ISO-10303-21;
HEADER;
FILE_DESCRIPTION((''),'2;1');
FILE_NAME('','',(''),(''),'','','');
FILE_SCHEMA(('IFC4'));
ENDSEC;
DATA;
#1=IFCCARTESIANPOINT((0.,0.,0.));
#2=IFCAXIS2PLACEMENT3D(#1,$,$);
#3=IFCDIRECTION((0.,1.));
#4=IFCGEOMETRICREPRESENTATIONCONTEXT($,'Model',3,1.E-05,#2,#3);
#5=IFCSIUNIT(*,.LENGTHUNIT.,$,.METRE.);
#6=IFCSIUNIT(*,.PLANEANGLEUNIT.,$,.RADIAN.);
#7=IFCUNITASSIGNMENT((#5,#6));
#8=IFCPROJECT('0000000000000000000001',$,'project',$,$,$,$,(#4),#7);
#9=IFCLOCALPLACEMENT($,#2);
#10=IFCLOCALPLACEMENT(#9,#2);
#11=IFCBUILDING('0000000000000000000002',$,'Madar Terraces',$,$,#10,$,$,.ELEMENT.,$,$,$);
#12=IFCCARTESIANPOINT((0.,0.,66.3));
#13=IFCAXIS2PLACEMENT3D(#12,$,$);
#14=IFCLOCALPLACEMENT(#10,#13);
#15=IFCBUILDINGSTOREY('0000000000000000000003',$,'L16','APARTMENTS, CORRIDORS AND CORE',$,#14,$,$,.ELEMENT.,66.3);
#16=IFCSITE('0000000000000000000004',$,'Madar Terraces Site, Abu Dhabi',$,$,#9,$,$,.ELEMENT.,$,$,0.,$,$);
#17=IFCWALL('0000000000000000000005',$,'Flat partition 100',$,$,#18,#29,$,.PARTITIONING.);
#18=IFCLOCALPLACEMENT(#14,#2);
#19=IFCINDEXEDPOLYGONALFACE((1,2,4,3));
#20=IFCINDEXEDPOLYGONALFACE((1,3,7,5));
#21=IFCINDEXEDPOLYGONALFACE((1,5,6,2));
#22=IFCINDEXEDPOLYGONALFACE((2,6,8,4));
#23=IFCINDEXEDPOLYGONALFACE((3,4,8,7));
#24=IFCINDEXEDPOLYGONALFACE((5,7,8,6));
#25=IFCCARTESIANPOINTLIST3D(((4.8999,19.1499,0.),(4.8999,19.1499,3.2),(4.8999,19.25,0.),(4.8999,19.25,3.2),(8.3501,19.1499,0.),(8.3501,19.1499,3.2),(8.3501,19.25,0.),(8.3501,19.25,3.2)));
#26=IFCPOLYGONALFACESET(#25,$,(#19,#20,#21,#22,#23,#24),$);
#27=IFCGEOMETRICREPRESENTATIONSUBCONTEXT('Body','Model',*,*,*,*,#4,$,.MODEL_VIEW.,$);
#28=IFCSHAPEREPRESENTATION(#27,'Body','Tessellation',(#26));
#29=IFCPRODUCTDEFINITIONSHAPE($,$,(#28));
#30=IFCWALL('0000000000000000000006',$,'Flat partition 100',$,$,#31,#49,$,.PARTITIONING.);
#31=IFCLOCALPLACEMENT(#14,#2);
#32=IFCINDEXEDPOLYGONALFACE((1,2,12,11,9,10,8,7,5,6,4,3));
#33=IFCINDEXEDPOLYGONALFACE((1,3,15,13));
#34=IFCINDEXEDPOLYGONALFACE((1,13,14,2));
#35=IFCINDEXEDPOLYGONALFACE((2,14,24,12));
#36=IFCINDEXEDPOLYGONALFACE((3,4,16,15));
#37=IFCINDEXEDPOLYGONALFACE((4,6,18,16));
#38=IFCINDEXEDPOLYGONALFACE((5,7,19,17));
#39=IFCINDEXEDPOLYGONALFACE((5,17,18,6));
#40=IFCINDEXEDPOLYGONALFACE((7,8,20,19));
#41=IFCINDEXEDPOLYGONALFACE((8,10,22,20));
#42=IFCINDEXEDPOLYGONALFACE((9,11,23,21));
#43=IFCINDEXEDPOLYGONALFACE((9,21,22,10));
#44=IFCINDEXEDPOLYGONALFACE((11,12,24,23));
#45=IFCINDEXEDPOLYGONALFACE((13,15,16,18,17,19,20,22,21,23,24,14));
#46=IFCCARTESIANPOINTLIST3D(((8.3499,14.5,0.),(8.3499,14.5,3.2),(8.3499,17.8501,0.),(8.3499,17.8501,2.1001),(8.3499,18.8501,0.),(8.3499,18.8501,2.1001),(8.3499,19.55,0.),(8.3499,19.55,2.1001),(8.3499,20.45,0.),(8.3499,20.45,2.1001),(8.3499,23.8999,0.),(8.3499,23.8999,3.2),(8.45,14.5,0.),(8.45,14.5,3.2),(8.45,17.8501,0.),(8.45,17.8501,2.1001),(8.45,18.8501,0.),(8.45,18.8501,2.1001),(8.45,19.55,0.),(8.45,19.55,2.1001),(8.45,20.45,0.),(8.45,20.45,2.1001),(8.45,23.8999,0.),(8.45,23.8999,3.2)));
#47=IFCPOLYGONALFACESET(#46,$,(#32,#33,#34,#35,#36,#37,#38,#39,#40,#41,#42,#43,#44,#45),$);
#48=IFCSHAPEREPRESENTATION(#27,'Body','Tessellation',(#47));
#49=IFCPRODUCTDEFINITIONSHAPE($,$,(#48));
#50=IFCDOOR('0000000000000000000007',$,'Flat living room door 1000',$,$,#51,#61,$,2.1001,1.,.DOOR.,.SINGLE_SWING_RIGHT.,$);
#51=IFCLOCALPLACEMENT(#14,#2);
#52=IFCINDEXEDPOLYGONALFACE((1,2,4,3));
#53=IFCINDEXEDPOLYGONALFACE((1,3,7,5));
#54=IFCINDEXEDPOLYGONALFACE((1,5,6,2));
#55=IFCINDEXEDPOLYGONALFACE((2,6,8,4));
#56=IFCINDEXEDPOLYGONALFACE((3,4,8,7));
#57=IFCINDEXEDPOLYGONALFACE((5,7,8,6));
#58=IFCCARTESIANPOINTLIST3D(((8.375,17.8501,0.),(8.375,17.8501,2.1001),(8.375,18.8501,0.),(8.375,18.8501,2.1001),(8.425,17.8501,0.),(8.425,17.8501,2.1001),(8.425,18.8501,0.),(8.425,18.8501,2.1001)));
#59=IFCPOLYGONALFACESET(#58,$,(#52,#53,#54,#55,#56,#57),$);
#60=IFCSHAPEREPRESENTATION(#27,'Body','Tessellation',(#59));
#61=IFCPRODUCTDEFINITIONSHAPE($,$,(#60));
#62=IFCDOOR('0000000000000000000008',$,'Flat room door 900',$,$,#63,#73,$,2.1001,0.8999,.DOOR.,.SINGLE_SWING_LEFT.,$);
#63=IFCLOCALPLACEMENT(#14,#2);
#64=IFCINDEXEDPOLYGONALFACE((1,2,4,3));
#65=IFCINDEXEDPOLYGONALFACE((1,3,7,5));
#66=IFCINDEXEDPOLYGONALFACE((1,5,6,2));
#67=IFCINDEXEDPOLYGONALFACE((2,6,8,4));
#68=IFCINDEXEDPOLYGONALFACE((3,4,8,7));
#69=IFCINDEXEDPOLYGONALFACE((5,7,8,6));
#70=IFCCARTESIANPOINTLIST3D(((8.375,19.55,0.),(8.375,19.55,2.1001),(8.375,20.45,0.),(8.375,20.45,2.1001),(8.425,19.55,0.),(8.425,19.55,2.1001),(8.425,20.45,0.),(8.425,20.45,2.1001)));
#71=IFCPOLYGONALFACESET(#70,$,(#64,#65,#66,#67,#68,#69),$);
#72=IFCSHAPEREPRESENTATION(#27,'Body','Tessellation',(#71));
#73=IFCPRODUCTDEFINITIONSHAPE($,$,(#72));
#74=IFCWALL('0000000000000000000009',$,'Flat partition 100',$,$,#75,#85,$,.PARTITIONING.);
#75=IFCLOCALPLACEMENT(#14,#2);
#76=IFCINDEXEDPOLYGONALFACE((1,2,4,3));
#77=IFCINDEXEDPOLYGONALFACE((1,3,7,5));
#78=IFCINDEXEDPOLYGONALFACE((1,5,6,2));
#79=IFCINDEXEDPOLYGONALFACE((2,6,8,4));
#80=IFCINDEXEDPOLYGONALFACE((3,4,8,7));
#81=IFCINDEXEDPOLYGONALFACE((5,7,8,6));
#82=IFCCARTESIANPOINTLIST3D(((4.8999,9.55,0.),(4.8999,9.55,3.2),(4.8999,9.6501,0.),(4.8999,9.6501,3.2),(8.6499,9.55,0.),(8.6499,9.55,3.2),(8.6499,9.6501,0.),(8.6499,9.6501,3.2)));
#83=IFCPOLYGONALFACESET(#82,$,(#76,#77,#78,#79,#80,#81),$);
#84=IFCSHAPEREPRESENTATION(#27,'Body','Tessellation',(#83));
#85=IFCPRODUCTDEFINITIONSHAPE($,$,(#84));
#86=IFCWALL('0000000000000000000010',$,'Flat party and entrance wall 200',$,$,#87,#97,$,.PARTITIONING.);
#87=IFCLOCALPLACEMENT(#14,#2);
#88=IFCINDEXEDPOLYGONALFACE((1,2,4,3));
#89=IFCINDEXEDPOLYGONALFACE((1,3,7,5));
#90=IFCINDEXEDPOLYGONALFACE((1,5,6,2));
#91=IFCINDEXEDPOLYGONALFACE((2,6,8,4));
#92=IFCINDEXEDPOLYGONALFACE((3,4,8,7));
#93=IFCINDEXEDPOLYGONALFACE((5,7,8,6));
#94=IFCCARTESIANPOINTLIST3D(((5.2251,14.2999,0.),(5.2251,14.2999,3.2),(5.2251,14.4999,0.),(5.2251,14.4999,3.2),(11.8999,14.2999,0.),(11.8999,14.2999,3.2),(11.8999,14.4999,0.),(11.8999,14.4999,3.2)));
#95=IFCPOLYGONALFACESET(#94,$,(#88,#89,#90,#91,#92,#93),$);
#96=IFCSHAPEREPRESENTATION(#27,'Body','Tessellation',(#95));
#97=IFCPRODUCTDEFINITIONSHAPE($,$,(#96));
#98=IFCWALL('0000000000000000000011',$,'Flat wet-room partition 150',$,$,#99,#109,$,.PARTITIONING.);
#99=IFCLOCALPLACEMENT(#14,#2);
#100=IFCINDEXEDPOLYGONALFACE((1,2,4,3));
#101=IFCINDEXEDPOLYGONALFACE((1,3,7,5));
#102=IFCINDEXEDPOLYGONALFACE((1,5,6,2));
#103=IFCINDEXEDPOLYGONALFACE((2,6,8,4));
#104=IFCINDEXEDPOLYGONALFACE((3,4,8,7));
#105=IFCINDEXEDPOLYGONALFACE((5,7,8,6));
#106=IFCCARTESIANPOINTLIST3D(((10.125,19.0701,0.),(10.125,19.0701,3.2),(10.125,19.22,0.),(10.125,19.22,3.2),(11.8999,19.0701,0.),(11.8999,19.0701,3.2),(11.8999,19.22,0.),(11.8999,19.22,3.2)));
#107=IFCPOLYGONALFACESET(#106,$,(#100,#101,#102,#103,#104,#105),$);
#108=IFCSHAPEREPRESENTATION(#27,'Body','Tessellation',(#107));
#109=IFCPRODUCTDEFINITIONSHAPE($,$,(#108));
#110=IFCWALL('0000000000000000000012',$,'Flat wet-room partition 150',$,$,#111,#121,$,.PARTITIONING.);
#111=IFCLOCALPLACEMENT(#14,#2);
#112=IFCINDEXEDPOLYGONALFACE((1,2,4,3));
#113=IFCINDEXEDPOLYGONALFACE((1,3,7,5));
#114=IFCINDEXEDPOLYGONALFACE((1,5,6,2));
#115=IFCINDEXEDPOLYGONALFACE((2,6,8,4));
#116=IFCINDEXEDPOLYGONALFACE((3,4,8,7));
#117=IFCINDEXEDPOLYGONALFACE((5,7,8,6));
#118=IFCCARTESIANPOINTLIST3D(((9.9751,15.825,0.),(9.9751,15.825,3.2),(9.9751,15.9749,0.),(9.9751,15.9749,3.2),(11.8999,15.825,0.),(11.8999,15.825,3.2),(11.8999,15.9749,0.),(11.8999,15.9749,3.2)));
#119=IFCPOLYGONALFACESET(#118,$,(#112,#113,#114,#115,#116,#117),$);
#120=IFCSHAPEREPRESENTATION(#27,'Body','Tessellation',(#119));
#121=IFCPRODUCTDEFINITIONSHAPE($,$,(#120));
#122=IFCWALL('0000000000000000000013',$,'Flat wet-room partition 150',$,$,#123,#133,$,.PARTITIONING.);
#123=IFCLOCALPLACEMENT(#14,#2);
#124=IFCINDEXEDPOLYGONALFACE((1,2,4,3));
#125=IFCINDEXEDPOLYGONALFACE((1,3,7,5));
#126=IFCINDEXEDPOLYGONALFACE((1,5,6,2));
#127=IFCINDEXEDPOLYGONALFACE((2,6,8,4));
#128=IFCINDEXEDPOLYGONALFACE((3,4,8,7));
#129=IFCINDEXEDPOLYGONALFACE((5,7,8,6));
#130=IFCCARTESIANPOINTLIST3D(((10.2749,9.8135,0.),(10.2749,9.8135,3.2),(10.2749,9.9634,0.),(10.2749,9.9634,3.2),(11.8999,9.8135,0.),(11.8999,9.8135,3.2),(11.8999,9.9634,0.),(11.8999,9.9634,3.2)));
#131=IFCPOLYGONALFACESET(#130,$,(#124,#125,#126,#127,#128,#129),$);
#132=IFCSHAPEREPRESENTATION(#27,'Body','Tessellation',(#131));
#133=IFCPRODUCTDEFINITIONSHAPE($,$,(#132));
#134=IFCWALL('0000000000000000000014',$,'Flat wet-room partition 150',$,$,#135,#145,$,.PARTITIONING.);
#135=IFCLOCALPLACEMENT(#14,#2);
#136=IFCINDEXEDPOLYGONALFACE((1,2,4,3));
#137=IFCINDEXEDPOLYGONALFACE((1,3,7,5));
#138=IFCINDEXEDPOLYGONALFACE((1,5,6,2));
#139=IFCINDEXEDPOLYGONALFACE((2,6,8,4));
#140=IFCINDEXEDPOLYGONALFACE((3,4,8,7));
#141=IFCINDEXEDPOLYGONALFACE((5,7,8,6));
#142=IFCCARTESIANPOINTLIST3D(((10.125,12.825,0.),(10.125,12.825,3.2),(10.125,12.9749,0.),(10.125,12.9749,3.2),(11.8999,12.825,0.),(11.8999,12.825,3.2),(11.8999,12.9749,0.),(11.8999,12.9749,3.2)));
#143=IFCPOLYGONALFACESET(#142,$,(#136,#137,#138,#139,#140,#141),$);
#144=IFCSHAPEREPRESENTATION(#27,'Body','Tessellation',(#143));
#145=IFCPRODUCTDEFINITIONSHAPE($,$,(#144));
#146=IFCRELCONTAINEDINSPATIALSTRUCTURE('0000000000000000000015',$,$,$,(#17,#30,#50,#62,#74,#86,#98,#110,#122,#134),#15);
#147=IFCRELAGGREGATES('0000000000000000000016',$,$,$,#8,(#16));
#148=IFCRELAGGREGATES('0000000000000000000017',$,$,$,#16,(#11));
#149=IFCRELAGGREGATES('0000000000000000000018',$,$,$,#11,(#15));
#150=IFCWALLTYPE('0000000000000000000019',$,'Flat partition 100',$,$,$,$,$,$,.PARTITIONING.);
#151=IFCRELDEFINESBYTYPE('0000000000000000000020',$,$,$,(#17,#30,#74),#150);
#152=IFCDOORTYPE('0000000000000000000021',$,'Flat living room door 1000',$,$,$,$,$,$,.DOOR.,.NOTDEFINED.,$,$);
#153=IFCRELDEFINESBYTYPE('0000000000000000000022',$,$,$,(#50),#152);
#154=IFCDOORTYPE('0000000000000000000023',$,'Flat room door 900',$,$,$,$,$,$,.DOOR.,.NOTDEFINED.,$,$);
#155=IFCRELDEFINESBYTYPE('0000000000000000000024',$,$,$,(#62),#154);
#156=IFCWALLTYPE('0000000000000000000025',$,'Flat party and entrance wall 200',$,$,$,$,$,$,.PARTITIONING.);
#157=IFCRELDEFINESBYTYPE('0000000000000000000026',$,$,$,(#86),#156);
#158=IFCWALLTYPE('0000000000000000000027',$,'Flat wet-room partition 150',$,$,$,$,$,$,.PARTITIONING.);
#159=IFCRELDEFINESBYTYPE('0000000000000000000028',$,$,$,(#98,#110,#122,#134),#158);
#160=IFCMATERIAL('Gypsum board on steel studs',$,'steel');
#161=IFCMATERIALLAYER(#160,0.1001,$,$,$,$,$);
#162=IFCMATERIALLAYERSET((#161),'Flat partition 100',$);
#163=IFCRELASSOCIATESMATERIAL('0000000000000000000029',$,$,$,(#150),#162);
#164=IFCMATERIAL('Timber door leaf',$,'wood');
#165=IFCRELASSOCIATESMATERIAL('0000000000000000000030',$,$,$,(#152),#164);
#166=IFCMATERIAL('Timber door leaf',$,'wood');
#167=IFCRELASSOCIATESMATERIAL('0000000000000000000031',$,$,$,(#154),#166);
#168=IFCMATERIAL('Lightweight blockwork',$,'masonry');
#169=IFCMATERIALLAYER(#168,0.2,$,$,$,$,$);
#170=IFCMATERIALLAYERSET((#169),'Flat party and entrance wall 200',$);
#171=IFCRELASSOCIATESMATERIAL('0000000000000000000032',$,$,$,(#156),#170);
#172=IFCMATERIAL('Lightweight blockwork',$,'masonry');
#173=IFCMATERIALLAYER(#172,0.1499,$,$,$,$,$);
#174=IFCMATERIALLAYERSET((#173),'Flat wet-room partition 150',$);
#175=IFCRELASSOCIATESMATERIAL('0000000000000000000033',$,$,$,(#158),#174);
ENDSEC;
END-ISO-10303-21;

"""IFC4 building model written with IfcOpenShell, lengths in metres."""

from ifc_helpers import new_model, si_unit, direction, frame, frame_2d, origin, place, context, subcontext, project, spatial, rectangle, extrude, material, layer, layer_set, type_object, element, fill, save


model = new_model("IFC4")

# Units and contexts
model_context = context("Model", 3, precision=1e-05, world=origin(), true_north=direction((0.0, 1.0)))
body_context = subcontext(model_context, "Body", "Model", "MODEL_VIEW")
ifc_project = project(units=[si_unit("LENGTHUNIT", "METRE"), si_unit("PLANEANGLEUNIT", "RADIAN")], contexts=[model_context])

# Site, building, storey
site_placement = place(None, origin())
site = spatial("IfcSite", under=ifc_project, at=site_placement, Name="Madar Terraces Site, Abu Dhabi", CompositionType="ELEMENT", RefElevation=0.0)
building_placement = place(site_placement, origin())
building = spatial("IfcBuilding", under=site, at=building_placement, Name="Madar Terraces", CompositionType="ELEMENT")
storey_placement = place(building_placement, frame((0.0, 0.0, 66.3)))
storey = spatial("IfcBuildingStorey", under=building, at=storey_placement, Name="L16", Description="APARTMENTS, CORRIDORS AND CORE", CompositionType="ELEMENT", Elevation=66.3)

# Wall
ifc_material_1 = material(Name="Gypsum board on steel studs", Category="steel")
ifc_layer_1 = layer(ifc_material_1, 0.1001)
ifc_layer_set_1 = layer_set([ifc_layer_1], Name="Flat partition 100")
wall_type_1 = type_object("IfcWallType", Name="Flat partition 100", PredefinedType="PARTITIONING", material=ifc_layer_set_1)
wall_1_placement = place(storey_placement, frame((8.3501, 19.2, 0.0), z_axis=(0.0, 0.0, 1.0), x_axis=(-1.0, 0.0, 0.0)))
element("IfcWall", 1, at=wall_1_placement, inside=storey, type_object=wall_type_1, Name="Flat partition 100", PredefinedType="PARTITIONING", context=body_context, shape_type="SweptSolid", body=[
    extrude(rectangle(XDim=3.4502, YDim=0.1001, at=frame_2d((1.7251, 0.0))), origin(), (0.0, 0.0, 1.0), 3.2),
])

# Wall, openings, doors
wall_2_placement = place(storey_placement, frame((8.3999, 14.5, 0.0), z_axis=(0.0, 0.0, 1.0), x_axis=(0.0, 1.0, 0.0)))
wall_2 = element("IfcWall", 2, at=wall_2_placement, inside=storey, type_object=wall_type_1, Name="Flat partition 100", PredefinedType="PARTITIONING", context=body_context, shape_type="SweptSolid", body=[
    extrude(rectangle(XDim=9.3999, YDim=0.1001, at=frame_2d((4.7, 0.0))), origin(), (0.0, 0.0, 1.0), 3.2),
])
opening_1_placement = place(wall_2_placement, frame((3.3501, 0.0, 0.0)))
opening_1 = element("IfcOpeningElement", 3, at=opening_1_placement, cuts=wall_2, PredefinedType="OPENING", context=body_context, shape_type="SweptSolid", body=[
    extrude(rectangle(XDim=1.0, YDim=2.1001, at=frame_2d((0.5, 1.05))), frame((0.0, 0.0601, 0.0), z_axis=(0.0, -1.0, 0.0), x_axis=(1.0, 0.0, 0.0)), (0.0, 0.0, 1.0), 0.1201),
])
opening_2_placement = place(wall_2_placement, frame((5.05, 0.0, 0.0)))
opening_2 = element("IfcOpeningElement", 4, at=opening_2_placement, cuts=wall_2, PredefinedType="OPENING", context=body_context, shape_type="SweptSolid", body=[
    extrude(rectangle(XDim=0.8999, YDim=2.1001, at=frame_2d((0.45, 1.05))), frame((0.0, 0.0601, 0.0), z_axis=(0.0, -1.0, 0.0), x_axis=(1.0, 0.0, 0.0)), (0.0, 0.0, 1.0), 0.1201),
])
ifc_material_2 = material(Name="Timber door leaf", Category="wood")
door_type_1 = type_object("IfcDoorType", Name="Flat living room door 1000", OperationType="NOTDEFINED", PredefinedType="DOOR", material=ifc_material_2)
door_1_placement = place(opening_1_placement, origin())
door_1 = element("IfcDoor", 5, at=door_1_placement, inside=storey, type_object=door_type_1, Name="Flat living room door 1000", OperationType="SINGLE_SWING_RIGHT", OverallHeight=2.1001, OverallWidth=1.0, PredefinedType="DOOR", context=body_context, shape_type="SweptSolid", body=[
    extrude(rectangle(XDim=1.0, YDim=2.1001, at=frame_2d((0.5, 1.05))), frame((0.0, 0.0249, 0.0), z_axis=(0.0, -1.0, 0.0), x_axis=(1.0, 0.0, 0.0)), (0.0, 0.0, 1.0), 0.05),
])
fill(opening_1, door_1)
ifc_material_3 = material(Name="Timber door leaf", Category="wood")
door_type_2 = type_object("IfcDoorType", Name="Flat room door 900", OperationType="NOTDEFINED", PredefinedType="DOOR", material=ifc_material_3)
door_2_placement = place(opening_2_placement, origin())
door_2 = element("IfcDoor", 6, at=door_2_placement, inside=storey, type_object=door_type_2, Name="Flat room door 900", OperationType="SINGLE_SWING_LEFT", OverallHeight=2.1001, OverallWidth=0.8999, PredefinedType="DOOR", context=body_context, shape_type="SweptSolid", body=[
    extrude(rectangle(XDim=0.8999, YDim=2.1001, at=frame_2d((0.45, 1.05))), frame((0.0, 0.0249, 0.0), z_axis=(0.0, -1.0, 0.0), x_axis=(1.0, 0.0, 0.0)), (0.0, 0.0, 1.0), 0.05),
])
fill(opening_2, door_2)

# Walls
wall_3_placement = place(storey_placement, frame((8.6499, 9.6001, 0.0), z_axis=(0.0, 0.0, 1.0), x_axis=(-1.0, 0.0, 0.0)))
element("IfcWall", 7, at=wall_3_placement, inside=storey, type_object=wall_type_1, Name="Flat partition 100", PredefinedType="PARTITIONING", context=body_context, shape_type="SweptSolid", body=[
    extrude(rectangle(XDim=3.75, YDim=0.1001, at=frame_2d((1.875, 0.0))), origin(), (0.0, 0.0, 1.0), 3.2),
])
ifc_material_4 = material(Name="Lightweight blockwork", Category="masonry")
ifc_layer_2 = layer(ifc_material_4, 0.2)
ifc_layer_set_2 = layer_set([ifc_layer_2], Name="Flat party and entrance wall 200")
wall_type_2 = type_object("IfcWallType", Name="Flat party and entrance wall 200", PredefinedType="PARTITIONING", material=ifc_layer_set_2)
wall_4_placement = place(storey_placement, frame((5.2251, 14.3999, 0.0), z_axis=(0.0, 0.0, 1.0), x_axis=(1.0, 0.0, 0.0)))
element("IfcWall", 8, at=wall_4_placement, inside=storey, type_object=wall_type_2, Name="Flat party and entrance wall 200", PredefinedType="PARTITIONING", context=body_context, shape_type="SweptSolid", body=[
    extrude(rectangle(XDim=6.6748, YDim=0.2, at=frame_2d((3.3374, 0.0))), origin(), (0.0, 0.0, 1.0), 3.2),
])
ifc_material_5 = material(Name="Lightweight blockwork", Category="masonry")
ifc_layer_3 = layer(ifc_material_5, 0.1499)
ifc_layer_set_3 = layer_set([ifc_layer_3], Name="Flat wet-room partition 150")
wall_type_3 = type_object("IfcWallType", Name="Flat wet-room partition 150", PredefinedType="PARTITIONING", material=ifc_layer_set_3)
wall_5_placement = place(storey_placement, frame((11.8999, 19.145, 0.0), z_axis=(0.0, 0.0, 1.0), x_axis=(-1.0, 0.0, 0.0)))
element("IfcWall", 9, at=wall_5_placement, inside=storey, type_object=wall_type_3, Name="Flat wet-room partition 150", PredefinedType="PARTITIONING", context=body_context, shape_type="SweptSolid", body=[
    extrude(rectangle(XDim=1.7749, YDim=0.1499, at=frame_2d((0.8875, 0.0))), origin(), (0.0, 0.0, 1.0), 3.2),
])
wall_6_placement = place(storey_placement, frame((11.8999, 15.8999, 0.0), z_axis=(0.0, 0.0, 1.0), x_axis=(-1.0, 0.0, 0.0)))
element("IfcWall", 10, at=wall_6_placement, inside=storey, type_object=wall_type_3, Name="Flat wet-room partition 150", PredefinedType="PARTITIONING", context=body_context, shape_type="SweptSolid", body=[
    extrude(rectangle(XDim=1.9248, YDim=0.1499, at=frame_2d((0.9624, 0.0))), origin(), (0.0, 0.0, 1.0), 3.2),
])
wall_7_placement = place(storey_placement, frame((11.8999, 9.8884, 0.0), z_axis=(0.0, 0.0, 1.0), x_axis=(-1.0, 0.0, 0.0)))
element("IfcWall", 11, at=wall_7_placement, inside=storey, type_object=wall_type_3, Name="Flat wet-room partition 150", PredefinedType="PARTITIONING", context=body_context, shape_type="SweptSolid", body=[
    extrude(rectangle(XDim=1.625, YDim=0.1499, at=frame_2d((0.8125, 0.0))), origin(), (0.0, 0.0, 1.0), 3.2),
])
wall_8_placement = place(storey_placement, frame((11.8999, 12.8999, 0.0), z_axis=(0.0, 0.0, 1.0), x_axis=(-1.0, 0.0, 0.0)))
element("IfcWall", 12, at=wall_8_placement, inside=storey, type_object=wall_type_3, Name="Flat wet-room partition 150", PredefinedType="PARTITIONING", context=body_context, shape_type="SweptSolid", body=[
    extrude(rectangle(XDim=1.7749, YDim=0.1499, at=frame_2d((0.8875, 0.0))), origin(), (0.0, 0.0, 1.0), 3.2),
])

save(model, "model.ifc")
